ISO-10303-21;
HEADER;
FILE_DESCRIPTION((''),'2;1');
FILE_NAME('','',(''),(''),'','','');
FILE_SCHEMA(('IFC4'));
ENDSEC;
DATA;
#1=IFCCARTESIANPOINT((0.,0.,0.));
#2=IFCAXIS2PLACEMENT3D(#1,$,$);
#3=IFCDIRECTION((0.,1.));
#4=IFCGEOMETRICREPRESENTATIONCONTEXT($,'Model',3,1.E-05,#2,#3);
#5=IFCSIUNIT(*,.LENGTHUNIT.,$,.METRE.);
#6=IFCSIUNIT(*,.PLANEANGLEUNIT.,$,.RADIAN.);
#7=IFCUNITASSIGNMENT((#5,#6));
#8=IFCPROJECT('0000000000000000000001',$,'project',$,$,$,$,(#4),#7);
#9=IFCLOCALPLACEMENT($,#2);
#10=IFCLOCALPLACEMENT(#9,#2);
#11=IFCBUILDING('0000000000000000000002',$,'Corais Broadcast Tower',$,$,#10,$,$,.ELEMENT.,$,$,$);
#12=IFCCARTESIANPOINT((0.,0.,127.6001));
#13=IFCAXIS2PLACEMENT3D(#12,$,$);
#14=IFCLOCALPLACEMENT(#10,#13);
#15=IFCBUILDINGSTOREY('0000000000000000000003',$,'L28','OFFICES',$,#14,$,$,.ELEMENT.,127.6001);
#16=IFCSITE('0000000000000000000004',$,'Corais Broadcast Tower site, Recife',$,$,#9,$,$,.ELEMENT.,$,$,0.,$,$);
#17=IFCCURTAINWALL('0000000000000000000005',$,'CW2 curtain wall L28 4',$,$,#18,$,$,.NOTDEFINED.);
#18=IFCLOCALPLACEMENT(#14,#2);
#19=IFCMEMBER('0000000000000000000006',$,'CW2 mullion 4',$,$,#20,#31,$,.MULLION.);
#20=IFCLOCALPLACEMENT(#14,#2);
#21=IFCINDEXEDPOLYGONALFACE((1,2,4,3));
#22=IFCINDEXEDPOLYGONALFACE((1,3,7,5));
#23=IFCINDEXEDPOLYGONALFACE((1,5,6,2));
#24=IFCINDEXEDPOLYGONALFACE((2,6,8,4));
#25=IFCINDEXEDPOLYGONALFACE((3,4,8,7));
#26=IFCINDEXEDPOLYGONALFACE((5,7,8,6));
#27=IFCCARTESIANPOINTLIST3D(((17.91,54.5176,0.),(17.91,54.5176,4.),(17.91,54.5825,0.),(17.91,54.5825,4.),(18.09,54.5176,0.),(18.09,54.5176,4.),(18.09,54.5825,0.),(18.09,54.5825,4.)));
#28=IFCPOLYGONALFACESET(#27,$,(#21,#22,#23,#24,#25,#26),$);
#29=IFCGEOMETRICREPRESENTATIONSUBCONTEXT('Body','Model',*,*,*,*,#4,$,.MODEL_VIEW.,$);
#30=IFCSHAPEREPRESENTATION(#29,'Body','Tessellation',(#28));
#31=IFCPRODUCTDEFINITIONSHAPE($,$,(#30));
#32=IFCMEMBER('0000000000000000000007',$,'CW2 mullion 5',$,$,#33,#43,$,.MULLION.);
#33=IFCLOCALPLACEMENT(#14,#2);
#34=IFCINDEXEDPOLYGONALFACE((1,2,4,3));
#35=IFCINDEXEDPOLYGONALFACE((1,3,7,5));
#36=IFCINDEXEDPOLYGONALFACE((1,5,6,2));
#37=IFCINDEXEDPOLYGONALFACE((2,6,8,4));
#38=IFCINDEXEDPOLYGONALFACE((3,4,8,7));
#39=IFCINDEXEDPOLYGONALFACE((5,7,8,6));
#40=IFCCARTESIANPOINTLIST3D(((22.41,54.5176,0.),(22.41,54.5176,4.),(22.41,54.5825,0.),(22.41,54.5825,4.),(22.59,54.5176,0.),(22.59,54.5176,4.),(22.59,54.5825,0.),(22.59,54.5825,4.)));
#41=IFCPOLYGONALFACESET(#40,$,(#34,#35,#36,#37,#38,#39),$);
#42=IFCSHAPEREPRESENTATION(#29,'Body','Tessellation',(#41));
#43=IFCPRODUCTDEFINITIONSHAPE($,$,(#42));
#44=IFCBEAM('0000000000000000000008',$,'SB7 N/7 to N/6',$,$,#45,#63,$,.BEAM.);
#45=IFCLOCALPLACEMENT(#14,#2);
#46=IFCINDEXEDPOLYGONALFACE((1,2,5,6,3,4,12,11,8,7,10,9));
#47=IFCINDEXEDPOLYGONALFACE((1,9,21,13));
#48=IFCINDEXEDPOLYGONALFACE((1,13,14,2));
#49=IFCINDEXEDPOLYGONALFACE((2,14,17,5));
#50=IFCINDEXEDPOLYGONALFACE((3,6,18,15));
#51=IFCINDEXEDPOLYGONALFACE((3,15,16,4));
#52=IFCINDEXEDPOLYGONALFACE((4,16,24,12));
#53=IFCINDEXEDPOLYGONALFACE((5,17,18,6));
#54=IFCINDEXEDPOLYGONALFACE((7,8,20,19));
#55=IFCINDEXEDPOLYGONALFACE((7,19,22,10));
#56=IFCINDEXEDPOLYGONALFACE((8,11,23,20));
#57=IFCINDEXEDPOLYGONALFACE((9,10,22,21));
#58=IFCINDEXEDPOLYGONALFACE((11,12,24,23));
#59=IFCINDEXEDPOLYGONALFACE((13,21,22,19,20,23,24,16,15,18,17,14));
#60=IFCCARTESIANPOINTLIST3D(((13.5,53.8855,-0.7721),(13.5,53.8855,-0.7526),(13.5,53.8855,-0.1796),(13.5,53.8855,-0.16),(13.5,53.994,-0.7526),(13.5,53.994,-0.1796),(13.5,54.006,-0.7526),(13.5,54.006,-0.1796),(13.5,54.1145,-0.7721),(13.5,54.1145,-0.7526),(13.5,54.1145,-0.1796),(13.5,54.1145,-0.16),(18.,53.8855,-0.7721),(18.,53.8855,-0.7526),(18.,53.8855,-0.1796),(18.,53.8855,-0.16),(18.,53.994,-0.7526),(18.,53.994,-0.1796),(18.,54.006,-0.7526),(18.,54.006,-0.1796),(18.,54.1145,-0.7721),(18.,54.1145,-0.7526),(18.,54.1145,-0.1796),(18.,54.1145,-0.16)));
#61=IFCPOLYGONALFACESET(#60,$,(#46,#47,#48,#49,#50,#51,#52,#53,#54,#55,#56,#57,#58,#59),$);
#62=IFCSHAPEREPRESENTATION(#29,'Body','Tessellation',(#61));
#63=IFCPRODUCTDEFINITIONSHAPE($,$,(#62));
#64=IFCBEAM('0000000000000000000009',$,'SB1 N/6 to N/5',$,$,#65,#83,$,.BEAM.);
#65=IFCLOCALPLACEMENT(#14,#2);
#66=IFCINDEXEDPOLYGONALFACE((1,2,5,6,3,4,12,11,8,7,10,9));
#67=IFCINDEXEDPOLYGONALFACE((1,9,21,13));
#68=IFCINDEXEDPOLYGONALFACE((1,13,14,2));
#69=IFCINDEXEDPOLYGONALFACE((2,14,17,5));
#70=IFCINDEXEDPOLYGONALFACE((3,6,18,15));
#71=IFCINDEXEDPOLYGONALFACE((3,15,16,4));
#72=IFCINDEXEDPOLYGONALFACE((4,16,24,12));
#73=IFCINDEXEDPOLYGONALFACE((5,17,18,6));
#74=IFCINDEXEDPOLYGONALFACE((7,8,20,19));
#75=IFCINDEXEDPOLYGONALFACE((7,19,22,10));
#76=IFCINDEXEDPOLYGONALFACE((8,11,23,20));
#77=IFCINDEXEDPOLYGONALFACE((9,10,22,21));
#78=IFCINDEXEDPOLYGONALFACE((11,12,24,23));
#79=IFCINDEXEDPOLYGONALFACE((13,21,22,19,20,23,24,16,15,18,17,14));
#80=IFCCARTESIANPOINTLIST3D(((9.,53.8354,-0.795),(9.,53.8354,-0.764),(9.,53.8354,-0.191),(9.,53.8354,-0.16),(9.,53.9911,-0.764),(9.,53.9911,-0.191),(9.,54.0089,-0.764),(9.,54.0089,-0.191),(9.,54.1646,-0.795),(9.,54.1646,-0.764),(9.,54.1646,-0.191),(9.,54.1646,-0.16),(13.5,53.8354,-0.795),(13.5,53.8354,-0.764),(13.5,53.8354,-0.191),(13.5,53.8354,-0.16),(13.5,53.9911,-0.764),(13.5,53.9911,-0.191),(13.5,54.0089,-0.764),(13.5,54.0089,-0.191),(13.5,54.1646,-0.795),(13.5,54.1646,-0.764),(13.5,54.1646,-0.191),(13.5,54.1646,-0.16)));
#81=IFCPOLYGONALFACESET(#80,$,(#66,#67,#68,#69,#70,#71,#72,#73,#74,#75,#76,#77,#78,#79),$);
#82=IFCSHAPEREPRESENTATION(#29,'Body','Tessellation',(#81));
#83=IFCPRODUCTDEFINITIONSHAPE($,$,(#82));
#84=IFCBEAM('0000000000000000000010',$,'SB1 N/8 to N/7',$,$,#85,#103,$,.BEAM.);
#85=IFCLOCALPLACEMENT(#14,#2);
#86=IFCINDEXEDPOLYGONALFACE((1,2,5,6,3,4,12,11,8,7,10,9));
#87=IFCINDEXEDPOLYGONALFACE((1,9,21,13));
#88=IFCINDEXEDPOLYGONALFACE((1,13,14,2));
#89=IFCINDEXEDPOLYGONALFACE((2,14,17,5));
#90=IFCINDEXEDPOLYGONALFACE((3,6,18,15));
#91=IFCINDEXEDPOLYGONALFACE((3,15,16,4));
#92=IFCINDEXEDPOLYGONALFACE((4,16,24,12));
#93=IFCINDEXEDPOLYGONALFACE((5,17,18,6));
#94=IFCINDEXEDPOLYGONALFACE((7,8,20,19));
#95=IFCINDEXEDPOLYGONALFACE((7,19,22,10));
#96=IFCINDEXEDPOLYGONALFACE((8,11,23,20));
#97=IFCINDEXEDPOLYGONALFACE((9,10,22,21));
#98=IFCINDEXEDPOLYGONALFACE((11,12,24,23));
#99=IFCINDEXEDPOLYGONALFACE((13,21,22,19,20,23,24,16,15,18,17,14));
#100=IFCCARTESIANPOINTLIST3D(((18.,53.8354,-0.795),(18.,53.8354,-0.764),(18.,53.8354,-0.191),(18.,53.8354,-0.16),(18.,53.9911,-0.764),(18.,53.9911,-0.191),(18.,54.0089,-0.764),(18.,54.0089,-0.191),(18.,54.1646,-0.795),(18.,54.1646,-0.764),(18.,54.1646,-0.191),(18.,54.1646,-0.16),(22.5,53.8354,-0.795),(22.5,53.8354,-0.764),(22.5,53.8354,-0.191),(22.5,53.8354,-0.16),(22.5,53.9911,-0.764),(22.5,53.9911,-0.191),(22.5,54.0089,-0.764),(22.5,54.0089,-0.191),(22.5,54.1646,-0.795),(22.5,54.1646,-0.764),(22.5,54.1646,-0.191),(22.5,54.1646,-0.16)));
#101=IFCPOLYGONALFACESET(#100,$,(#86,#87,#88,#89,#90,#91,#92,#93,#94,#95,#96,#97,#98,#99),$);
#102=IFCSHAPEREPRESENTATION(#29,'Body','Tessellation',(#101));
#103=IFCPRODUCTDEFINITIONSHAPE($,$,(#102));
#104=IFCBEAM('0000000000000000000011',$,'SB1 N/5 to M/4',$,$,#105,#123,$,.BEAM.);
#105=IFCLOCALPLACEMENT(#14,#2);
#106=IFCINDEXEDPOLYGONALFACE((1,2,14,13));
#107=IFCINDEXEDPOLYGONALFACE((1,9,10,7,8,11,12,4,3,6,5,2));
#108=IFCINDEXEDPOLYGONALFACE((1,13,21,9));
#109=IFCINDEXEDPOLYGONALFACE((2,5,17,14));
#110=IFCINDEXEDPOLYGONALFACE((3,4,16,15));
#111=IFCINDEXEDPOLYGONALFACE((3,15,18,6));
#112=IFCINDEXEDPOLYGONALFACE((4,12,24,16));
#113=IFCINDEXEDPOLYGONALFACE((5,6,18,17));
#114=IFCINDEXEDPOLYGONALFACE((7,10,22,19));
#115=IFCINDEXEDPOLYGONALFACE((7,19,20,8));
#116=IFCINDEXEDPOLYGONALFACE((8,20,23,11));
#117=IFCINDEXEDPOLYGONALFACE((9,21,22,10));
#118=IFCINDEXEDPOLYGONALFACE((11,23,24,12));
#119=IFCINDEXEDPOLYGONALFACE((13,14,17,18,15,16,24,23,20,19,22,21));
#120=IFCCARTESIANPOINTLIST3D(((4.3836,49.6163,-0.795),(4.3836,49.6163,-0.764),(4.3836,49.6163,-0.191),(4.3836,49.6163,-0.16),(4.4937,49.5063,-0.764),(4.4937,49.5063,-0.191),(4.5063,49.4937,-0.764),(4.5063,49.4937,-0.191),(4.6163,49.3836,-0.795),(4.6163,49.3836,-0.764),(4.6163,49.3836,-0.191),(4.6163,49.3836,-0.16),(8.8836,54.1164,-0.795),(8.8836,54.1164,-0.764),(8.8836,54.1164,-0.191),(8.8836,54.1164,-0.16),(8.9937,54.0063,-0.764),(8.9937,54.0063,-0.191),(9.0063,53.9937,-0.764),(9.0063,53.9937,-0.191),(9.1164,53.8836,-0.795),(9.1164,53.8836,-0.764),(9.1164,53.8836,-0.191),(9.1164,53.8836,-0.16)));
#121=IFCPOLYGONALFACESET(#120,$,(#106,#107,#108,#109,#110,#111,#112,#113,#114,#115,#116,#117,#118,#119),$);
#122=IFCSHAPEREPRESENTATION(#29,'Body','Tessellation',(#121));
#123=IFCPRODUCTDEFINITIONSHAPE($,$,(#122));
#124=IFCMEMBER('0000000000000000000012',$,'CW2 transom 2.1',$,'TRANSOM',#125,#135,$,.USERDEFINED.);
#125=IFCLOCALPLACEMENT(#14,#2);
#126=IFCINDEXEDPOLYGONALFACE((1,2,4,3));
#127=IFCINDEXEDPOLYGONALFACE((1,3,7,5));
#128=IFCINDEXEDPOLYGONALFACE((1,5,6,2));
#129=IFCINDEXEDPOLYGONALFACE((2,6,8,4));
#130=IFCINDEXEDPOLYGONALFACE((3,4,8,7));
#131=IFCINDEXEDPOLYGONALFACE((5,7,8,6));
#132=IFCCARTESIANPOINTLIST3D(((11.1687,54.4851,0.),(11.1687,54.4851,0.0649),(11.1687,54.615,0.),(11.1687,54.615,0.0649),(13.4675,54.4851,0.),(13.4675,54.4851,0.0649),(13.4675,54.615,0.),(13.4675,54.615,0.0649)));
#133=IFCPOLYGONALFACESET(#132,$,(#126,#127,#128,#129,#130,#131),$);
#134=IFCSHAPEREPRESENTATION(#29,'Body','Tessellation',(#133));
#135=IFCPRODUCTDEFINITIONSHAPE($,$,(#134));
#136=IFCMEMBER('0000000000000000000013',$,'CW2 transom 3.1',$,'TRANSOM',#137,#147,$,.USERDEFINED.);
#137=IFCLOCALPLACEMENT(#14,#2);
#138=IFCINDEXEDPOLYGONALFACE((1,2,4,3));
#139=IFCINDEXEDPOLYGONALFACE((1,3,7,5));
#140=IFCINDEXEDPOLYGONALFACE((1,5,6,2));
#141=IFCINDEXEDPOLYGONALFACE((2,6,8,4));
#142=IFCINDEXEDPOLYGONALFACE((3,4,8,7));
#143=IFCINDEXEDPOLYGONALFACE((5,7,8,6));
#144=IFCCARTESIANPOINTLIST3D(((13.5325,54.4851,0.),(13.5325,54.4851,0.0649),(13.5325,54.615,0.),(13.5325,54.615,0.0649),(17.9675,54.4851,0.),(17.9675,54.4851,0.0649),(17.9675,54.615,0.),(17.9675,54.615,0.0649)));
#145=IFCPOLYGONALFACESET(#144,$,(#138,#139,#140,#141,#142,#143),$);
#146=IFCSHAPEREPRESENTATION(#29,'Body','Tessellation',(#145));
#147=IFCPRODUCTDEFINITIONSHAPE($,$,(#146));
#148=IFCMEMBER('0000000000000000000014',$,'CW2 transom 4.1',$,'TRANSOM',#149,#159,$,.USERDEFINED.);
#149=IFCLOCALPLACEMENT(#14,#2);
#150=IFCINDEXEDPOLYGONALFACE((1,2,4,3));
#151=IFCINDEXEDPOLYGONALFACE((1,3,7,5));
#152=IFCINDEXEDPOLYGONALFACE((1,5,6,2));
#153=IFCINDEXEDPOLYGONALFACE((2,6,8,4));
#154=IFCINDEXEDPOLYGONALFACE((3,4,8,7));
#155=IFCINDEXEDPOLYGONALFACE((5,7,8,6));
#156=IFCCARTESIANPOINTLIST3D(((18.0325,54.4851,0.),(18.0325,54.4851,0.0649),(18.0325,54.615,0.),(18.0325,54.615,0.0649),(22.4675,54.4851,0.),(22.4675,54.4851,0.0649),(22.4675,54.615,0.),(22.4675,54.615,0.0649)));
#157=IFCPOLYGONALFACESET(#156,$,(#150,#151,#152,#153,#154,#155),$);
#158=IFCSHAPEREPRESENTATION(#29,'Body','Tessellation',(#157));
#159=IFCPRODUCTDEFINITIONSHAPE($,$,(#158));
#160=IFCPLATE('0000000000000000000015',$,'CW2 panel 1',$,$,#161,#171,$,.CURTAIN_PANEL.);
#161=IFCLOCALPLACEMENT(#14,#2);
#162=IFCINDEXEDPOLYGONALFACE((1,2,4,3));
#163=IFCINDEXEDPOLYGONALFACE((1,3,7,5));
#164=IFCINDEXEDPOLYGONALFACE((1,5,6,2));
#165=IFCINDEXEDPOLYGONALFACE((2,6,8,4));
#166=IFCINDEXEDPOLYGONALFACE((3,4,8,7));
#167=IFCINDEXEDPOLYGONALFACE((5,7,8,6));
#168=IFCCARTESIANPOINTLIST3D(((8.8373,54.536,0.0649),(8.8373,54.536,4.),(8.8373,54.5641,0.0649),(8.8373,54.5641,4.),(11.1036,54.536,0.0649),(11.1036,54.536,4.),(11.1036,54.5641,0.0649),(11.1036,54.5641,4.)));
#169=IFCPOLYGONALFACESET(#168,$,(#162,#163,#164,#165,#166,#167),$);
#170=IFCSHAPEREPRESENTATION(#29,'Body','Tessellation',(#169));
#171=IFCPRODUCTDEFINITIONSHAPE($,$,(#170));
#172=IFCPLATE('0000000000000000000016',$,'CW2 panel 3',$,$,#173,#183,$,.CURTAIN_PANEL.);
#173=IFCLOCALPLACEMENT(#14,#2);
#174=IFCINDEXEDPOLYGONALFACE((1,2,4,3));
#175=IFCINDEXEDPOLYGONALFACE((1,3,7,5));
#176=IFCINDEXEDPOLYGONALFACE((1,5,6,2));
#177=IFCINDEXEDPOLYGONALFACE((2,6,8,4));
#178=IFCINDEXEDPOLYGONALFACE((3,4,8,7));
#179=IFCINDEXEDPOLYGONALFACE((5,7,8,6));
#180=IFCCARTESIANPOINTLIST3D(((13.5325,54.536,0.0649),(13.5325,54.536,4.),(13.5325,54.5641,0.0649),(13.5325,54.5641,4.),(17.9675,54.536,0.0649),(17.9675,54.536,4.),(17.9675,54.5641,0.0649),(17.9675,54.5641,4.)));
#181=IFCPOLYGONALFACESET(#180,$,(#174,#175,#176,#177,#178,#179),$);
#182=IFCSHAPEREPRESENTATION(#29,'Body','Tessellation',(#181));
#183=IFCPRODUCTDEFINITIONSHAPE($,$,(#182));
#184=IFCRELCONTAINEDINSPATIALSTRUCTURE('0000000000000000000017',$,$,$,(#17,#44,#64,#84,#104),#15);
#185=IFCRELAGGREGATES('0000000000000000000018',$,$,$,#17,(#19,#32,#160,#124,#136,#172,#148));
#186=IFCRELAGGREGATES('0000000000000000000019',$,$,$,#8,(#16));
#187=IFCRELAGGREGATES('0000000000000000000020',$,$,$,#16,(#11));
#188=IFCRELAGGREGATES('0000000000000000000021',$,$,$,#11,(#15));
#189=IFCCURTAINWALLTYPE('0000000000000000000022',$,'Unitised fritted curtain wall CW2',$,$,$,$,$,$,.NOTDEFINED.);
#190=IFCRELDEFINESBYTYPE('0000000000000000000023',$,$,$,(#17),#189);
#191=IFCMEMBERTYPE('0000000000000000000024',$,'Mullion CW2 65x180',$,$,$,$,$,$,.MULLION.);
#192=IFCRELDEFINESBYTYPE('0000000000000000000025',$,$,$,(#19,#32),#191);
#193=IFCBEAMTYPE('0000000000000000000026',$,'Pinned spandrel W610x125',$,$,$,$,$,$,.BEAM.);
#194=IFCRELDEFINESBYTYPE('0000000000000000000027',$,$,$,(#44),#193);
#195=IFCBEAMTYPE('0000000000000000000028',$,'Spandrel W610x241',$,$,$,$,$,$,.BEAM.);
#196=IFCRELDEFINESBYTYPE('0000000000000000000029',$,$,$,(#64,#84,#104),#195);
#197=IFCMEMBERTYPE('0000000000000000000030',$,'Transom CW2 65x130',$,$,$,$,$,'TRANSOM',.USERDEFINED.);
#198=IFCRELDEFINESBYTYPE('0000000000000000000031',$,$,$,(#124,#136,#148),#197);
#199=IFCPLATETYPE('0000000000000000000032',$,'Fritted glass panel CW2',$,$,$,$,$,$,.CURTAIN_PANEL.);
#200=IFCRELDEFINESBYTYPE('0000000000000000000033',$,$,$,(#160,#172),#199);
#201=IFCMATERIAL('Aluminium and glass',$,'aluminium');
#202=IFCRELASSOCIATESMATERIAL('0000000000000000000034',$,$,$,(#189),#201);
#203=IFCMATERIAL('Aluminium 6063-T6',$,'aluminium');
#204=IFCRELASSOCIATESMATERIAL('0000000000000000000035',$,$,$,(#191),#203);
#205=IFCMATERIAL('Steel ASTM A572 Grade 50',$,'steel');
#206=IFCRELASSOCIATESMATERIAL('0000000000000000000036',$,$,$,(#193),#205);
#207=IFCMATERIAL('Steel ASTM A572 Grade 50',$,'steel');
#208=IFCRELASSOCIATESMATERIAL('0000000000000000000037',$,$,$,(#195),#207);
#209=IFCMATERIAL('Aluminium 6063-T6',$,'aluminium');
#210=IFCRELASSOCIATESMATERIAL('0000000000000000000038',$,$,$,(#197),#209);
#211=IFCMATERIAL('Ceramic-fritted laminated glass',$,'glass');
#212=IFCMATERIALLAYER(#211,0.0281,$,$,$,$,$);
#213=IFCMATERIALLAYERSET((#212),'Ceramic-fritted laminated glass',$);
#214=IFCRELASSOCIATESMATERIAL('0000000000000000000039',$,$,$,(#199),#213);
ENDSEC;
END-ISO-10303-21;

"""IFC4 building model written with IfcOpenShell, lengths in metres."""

from ifc_helpers import new_model, si_unit, direction, frame, origin, origin_2d, place, context, subcontext, project, spatial, rectangle, i_section, extrude, material, layer, layer_set, material_profile, profile_set, type_object, element, aggregate, save


model = new_model("IFC4")

# Units and contexts
model_context = context("Model", 3, precision=1e-05, world=origin(), true_north=direction((0.0, 1.0)))
body_context = subcontext(model_context, "Body", "Model", "MODEL_VIEW")
ifc_project = project(units=[si_unit("LENGTHUNIT", "METRE"), si_unit("PLANEANGLEUNIT", "RADIAN")], contexts=[model_context])

# Site, building, storey
site_placement = place(None, origin())
site = spatial("IfcSite", under=ifc_project, at=site_placement, Name="Corais Broadcast Tower site, Recife", CompositionType="ELEMENT", RefElevation=0.0)
building_placement = place(site_placement, origin())
building = spatial("IfcBuilding", under=site, at=building_placement, Name="Corais Broadcast Tower", CompositionType="ELEMENT")
storey_placement = place(building_placement, frame((0.0, 0.0, 127.6001)))
storey = spatial("IfcBuildingStorey", under=building, at=storey_placement, Name="L28", Description="OFFICES", CompositionType="ELEMENT", Elevation=127.6001)

# Curtain wall, members
ifc_material_1 = material(Name="Aluminium and glass", Category="aluminium")
curtain_wall_type = type_object("IfcCurtainWallType", Name="Unitised fritted curtain wall CW2", PredefinedType="NOTDEFINED", material=ifc_material_1)
curtain_wall_placement = place(storey_placement, origin())
curtain_wall = element("IfcCurtainWall", 1, at=curtain_wall_placement, inside=storey, type_object=curtain_wall_type, Name="CW2 curtain wall L28 4", PredefinedType="NOTDEFINED")
ifc_material_2 = material(Name="Aluminium 6063-T6", Category="aluminium")
ifc_material_profile_1 = material_profile(ifc_material_2, rectangle(XDim=0.0649, YDim=0.1799, at=origin_2d()), Name="Mullion CW2 65x180")
ifc_profile_set_1 = profile_set([ifc_material_profile_1], Name="Aluminium 6063-T6")
member_type_1 = type_object("IfcMemberType", Name="Mullion CW2 65x180", PredefinedType="MULLION", material=ifc_profile_set_1)
member_1_placement = place(storey_placement, frame((18.0, 54.55, 0.0), z_axis=(0.0, 0.0, 1.0), x_axis=(0.0, 1.0, 0.0)))
member_1 = element("IfcMember", 2, at=member_1_placement, type_object=member_type_1, Name="CW2 mullion 4", PredefinedType="MULLION", context=body_context, shape_type="SweptSolid", body=[
    extrude(rectangle(XDim=0.0649, YDim=0.1799, at=origin_2d()), origin(), (0.0, 0.0, 1.0), 4.0),
])
member_2_placement = place(storey_placement, frame((22.5, 54.55, 0.0), z_axis=(0.0, 0.0, 1.0), x_axis=(0.0, 1.0, 0.0)))
member_2 = element("IfcMember", 3, at=member_2_placement, type_object=member_type_1, Name="CW2 mullion 5", PredefinedType="MULLION", context=body_context, shape_type="SweptSolid", body=[
    extrude(rectangle(XDim=0.0649, YDim=0.1799, at=origin_2d()), origin(), (0.0, 0.0, 1.0), 4.0),
])

# Beams
ifc_material_3 = material(Name="Steel ASTM A572 Grade 50", Category="steel")
ifc_material_profile_2 = material_profile(ifc_material_3, i_section(OverallWidth=0.229, OverallDepth=0.6121, WebThickness=0.012, FlangeThickness=0.0195, at=origin_2d()), Name="W610x125")
ifc_profile_set_2 = profile_set([ifc_material_profile_2], Name="Steel ASTM A572 Grade 50")
beam_type_1 = type_object("IfcBeamType", Name="Pinned spandrel W610x125", PredefinedType="BEAM", material=ifc_profile_set_2)
beam_1_placement = place(storey_placement, frame((18.0, 54.0, -0.4661), z_axis=(-1.0, 0.0, 0.0), x_axis=(0.0, -1.0, 0.0)))
element("IfcBeam", 4, at=beam_1_placement, inside=storey, type_object=beam_type_1, Name="SB7 N/7 to N/6", PredefinedType="BEAM", context=body_context, shape_type="SweptSolid", body=[
    extrude(i_section(OverallWidth=0.229, OverallDepth=0.6121, WebThickness=0.012, FlangeThickness=0.0195, at=origin_2d()), origin(), (0.0, 0.0, 1.0), 4.5),
])
ifc_material_4 = material(Name="Steel ASTM A572 Grade 50", Category="steel")
ifc_material_profile_3 = material_profile(ifc_material_4, i_section(OverallWidth=0.3291, OverallDepth=0.635, WebThickness=0.0178, FlangeThickness=0.031, at=origin_2d()), Name="W610x241")
ifc_profile_set_3 = profile_set([ifc_material_profile_3], Name="Steel ASTM A572 Grade 50")
beam_type_2 = type_object("IfcBeamType", Name="Spandrel W610x241", PredefinedType="BEAM", material=ifc_profile_set_3)
for number, where, z_axis, x_axis, name in (
    (5, (13.5, 54.0, -0.4775), (-1.0, 0.0, 0.0), (0.0, -1.0, 0.0), "SB1 N/6 to N/5"),
    (6, (22.5, 54.0, -0.4775), (-1.0, 0.0, 0.0), (0.0, -1.0, 0.0), "SB1 N/8 to N/7"),
):
    element("IfcBeam", number, at=place(storey_placement, frame(where, z_axis=z_axis, x_axis=x_axis)), inside=storey, type_object=beam_type_2, Name=name, PredefinedType="BEAM", context=body_context, shape_type="SweptSolid", body=[
        extrude(i_section(OverallWidth=0.3291, OverallDepth=0.635, WebThickness=0.0178, FlangeThickness=0.031, at=origin_2d()), origin(), (0.0, 0.0, 1.0), 4.5),
    ])
beam_2_placement = place(storey_placement, frame((9.0, 54.0, -0.4775), z_axis=(-0.707107, -0.707107, 0.0), x_axis=(0.707107, -0.707107, 0.0)))
element("IfcBeam", 7, at=beam_2_placement, inside=storey, type_object=beam_type_2, Name="SB1 N/5 to M/4", PredefinedType="BEAM", context=body_context, shape_type="SweptSolid", body=[
    extrude(i_section(OverallWidth=0.3291, OverallDepth=0.635, WebThickness=0.0178, FlangeThickness=0.031, at=origin_2d()), origin(), (0.0, 0.0, 1.0), 6.364),
])

# Members
ifc_material_5 = material(Name="Aluminium 6063-T6", Category="aluminium")
ifc_material_profile_4 = material_profile(ifc_material_5, rectangle(XDim=0.1299, YDim=0.0649, at=origin_2d()), Name="Transom CW2 65x130")
ifc_profile_set_4 = profile_set([ifc_material_profile_4], Name="Aluminium 6063-T6")
member_type_2 = type_object("IfcMemberType", Name="Transom CW2 65x130", ElementType="TRANSOM", PredefinedType="USERDEFINED", material=ifc_profile_set_4)
member_3_placement = place(storey_placement, frame((11.1687, 54.55, 0.0325), z_axis=(1.0, 0.0, 0.0), x_axis=(0.0, 1.0, 0.0)))
member_3 = element("IfcMember", 8, at=member_3_placement, type_object=member_type_2, Name="CW2 transom 2.1", ObjectType="TRANSOM", PredefinedType="USERDEFINED", context=body_context, shape_type="SweptSolid", body=[
    extrude(rectangle(XDim=0.1299, YDim=0.0649, at=origin_2d()), origin(), (0.0, 0.0, 1.0), 2.2988),
])
member_4_placement = place(storey_placement, frame((13.5325, 54.55, 0.0325), z_axis=(1.0, 0.0, 0.0), x_axis=(0.0, 1.0, 0.0)))
member_4 = element("IfcMember", 9, at=member_4_placement, type_object=member_type_2, Name="CW2 transom 3.1", ObjectType="TRANSOM", PredefinedType="USERDEFINED", context=body_context, shape_type="SweptSolid", body=[
    extrude(rectangle(XDim=0.1299, YDim=0.0649, at=origin_2d()), origin(), (0.0, 0.0, 1.0), 4.4351),
])
member_5_placement = place(storey_placement, frame((18.0325, 54.55, 0.0325), z_axis=(1.0, 0.0, 0.0), x_axis=(0.0, 1.0, 0.0)))
member_5 = element("IfcMember", 10, at=member_5_placement, type_object=member_type_2, Name="CW2 transom 4.1", ObjectType="TRANSOM", PredefinedType="USERDEFINED", context=body_context, shape_type="SweptSolid", body=[
    extrude(rectangle(XDim=0.1299, YDim=0.0649, at=origin_2d()), origin(), (0.0, 0.0, 1.0), 4.4351),
])

# Plates
ifc_material_6 = material(Name="Ceramic-fritted laminated glass", Category="glass")
ifc_layer_1 = layer(ifc_material_6, 0.0281)
ifc_layer_set_1 = layer_set([ifc_layer_1], Name="Ceramic-fritted laminated glass")
plate_type_1 = type_object("IfcPlateType", Name="Fritted glass panel CW2", PredefinedType="CURTAIN_PANEL", material=ifc_layer_set_1)
plate_1_placement = place(storey_placement, frame((9.9705, 54.55, 0.0649), z_axis=(0.0, 0.0, 1.0), x_axis=(1.0, 0.0, 0.0)))
plate_1 = element("IfcPlate", 11, at=plate_1_placement, type_object=plate_type_1, Name="CW2 panel 1", PredefinedType="CURTAIN_PANEL", context=body_context, shape_type="SweptSolid", body=[
    extrude(rectangle(XDim=2.2664, YDim=0.0281, at=origin_2d()), origin(), (0.0, 0.0, 1.0), 3.9351),
])
plate_2_placement = place(storey_placement, frame((15.75, 54.55, 0.0649), z_axis=(0.0, 0.0, 1.0), x_axis=(1.0, 0.0, 0.0)))
plate_2 = element("IfcPlate", 12, at=plate_2_placement, type_object=plate_type_1, Name="CW2 panel 3", PredefinedType="CURTAIN_PANEL", context=body_context, shape_type="SweptSolid", body=[
    extrude(rectangle(XDim=4.4351, YDim=0.0281, at=origin_2d()), origin(), (0.0, 0.0, 1.0), 3.9351),
])
aggregate(curtain_wall, [member_1, member_2, plate_1, member_3, member_4, plate_2, member_5])

save(model, "model.ifc")
